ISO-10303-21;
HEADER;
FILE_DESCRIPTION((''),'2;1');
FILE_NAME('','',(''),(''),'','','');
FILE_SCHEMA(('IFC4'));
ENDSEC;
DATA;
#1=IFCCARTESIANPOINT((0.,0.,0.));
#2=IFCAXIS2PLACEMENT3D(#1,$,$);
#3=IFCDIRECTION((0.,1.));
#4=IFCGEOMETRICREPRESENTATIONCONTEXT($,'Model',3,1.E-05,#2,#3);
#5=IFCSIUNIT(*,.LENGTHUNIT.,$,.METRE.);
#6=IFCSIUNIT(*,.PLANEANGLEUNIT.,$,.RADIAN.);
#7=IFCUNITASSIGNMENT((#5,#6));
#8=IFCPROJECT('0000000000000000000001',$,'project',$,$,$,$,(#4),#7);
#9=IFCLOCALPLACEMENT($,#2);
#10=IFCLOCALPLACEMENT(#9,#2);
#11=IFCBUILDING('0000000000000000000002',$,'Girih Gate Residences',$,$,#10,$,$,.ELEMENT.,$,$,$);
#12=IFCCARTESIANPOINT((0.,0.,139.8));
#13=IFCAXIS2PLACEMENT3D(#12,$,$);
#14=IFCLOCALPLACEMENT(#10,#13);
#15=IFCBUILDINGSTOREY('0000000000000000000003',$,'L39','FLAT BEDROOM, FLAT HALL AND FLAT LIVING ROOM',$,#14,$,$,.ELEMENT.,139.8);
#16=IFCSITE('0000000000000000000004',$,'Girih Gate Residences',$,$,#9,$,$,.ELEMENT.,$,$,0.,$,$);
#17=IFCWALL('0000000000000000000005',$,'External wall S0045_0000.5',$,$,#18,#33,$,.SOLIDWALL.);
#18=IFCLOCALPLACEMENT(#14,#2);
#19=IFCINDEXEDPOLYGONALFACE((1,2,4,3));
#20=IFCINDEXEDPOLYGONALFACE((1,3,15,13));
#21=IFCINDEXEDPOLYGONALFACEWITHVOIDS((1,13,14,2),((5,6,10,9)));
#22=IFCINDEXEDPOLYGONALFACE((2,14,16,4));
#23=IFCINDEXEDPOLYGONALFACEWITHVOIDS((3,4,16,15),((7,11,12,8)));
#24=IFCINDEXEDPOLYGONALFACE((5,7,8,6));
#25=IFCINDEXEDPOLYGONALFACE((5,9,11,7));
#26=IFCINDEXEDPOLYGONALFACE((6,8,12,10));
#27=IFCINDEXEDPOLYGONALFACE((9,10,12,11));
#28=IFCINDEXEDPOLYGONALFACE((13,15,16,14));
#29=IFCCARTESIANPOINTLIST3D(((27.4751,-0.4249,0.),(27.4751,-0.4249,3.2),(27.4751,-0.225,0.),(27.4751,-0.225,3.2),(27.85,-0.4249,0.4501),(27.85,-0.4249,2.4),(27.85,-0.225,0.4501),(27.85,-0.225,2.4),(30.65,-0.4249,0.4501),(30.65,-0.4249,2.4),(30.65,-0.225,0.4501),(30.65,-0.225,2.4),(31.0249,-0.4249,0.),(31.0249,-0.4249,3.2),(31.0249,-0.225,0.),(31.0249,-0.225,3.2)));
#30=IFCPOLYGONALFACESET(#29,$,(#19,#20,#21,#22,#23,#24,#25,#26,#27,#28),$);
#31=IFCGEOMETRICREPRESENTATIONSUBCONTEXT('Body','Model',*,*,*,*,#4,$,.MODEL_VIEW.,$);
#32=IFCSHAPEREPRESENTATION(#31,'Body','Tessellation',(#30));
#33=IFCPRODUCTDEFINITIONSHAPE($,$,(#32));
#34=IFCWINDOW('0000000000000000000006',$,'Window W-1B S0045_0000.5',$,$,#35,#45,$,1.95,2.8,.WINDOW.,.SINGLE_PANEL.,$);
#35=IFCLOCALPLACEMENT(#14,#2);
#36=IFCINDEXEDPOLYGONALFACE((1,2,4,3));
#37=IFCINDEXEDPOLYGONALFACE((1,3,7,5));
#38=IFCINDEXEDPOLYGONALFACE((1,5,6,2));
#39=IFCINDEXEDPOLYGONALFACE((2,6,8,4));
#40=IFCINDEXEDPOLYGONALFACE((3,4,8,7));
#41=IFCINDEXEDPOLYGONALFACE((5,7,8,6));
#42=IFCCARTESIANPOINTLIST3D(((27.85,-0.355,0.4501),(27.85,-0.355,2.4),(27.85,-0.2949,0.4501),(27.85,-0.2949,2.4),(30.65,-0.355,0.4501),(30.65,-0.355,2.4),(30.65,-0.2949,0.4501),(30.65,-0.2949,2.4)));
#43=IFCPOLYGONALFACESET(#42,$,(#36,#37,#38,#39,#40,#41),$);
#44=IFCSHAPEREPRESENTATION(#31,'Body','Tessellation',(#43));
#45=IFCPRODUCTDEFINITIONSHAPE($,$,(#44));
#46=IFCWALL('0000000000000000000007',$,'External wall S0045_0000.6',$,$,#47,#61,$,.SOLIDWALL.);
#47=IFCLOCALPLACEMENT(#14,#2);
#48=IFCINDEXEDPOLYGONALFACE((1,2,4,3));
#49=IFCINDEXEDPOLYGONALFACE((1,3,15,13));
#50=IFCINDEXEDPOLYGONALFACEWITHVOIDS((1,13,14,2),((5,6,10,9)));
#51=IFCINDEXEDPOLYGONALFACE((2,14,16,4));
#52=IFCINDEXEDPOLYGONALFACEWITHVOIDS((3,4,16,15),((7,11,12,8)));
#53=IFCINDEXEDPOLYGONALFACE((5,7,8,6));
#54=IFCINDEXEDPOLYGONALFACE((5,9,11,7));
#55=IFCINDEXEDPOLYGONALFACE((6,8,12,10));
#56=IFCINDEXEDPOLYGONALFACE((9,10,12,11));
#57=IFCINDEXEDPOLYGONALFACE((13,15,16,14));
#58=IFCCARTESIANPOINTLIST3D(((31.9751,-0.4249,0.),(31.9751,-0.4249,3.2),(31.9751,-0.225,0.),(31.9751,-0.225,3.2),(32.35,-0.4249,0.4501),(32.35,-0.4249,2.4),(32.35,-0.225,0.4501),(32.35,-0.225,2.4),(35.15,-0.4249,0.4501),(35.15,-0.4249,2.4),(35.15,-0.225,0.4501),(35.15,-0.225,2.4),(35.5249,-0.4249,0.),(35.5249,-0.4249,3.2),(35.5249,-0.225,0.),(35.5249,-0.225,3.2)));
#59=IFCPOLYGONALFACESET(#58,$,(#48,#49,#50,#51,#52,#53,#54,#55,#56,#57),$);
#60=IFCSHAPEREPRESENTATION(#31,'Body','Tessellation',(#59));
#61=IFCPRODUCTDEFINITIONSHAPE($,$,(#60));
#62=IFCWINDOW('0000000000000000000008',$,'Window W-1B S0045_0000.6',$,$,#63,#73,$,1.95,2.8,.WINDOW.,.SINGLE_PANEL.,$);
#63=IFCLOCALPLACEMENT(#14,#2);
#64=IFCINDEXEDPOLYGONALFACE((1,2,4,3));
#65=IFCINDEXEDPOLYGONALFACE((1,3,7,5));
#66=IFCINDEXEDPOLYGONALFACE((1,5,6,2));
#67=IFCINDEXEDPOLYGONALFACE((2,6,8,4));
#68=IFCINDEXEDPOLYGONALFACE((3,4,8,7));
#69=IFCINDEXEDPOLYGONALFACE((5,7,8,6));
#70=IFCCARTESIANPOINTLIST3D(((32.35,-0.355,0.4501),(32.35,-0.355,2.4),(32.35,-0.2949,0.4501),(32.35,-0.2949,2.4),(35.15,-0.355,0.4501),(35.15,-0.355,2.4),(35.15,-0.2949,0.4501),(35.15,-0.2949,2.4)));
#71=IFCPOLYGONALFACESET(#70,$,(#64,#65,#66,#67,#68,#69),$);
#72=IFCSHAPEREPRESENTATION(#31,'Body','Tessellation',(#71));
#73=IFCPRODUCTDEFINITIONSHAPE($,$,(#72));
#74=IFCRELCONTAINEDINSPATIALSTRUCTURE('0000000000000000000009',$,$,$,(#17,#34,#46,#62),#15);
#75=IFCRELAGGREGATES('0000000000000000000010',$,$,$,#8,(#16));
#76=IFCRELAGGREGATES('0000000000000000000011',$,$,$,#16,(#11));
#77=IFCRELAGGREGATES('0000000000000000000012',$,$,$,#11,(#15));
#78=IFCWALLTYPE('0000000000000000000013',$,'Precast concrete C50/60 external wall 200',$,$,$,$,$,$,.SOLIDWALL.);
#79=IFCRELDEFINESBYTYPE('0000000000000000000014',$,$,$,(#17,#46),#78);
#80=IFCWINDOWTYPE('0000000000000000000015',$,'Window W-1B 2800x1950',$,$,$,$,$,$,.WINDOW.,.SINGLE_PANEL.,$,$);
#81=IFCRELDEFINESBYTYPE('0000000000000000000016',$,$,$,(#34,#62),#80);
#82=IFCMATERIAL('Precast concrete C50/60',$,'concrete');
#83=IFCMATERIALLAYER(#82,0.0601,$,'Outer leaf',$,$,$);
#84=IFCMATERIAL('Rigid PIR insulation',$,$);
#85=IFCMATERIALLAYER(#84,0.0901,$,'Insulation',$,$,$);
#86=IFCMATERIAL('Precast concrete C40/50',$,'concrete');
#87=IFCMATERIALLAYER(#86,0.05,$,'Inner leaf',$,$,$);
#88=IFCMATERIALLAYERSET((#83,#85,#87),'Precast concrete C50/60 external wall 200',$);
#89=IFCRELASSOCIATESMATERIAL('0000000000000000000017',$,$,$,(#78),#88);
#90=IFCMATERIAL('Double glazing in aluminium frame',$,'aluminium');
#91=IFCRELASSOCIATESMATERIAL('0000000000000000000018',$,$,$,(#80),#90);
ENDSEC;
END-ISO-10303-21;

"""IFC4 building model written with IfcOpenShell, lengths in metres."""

from ifc_helpers import new_model, si_unit, direction, frame, frame_2d, origin, place, context, subcontext, project, spatial, rectangle, extrude, material, layer, layer_set, type_object, element, fill, save


model = new_model("IFC4")

# Units and contexts
model_context = context("Model", 3, precision=1e-05, world=origin(), true_north=direction((0.0, 1.0)))
body_context = subcontext(model_context, "Body", "Model", "MODEL_VIEW")
ifc_project = project(units=[si_unit("LENGTHUNIT", "METRE"), si_unit("PLANEANGLEUNIT", "RADIAN")], contexts=[model_context])

# Site, building, storey
site_placement = place(None, origin())
site = spatial("IfcSite", under=ifc_project, at=site_placement, Name="Girih Gate Residences", CompositionType="ELEMENT", RefElevation=0.0)
building_placement = place(site_placement, origin())
building = spatial("IfcBuilding", under=site, at=building_placement, Name="Girih Gate Residences", CompositionType="ELEMENT")
storey_placement = place(building_placement, frame((0.0, 0.0, 139.8)))
storey = spatial("IfcBuildingStorey", under=building, at=storey_placement, Name="L39", Description="FLAT BEDROOM, FLAT HALL AND FLAT LIVING ROOM", CompositionType="ELEMENT", Elevation=139.8)

# Walls, openings, windows
ifc_material_1 = material(Name="Precast concrete C50/60", Category="concrete")
ifc_layer_1 = layer(ifc_material_1, 0.0601, Name="Outer leaf")
ifc_material_2 = material(Name="Rigid PIR insulation")
ifc_layer_2 = layer(ifc_material_2, 0.0901, Name="Insulation")
ifc_material_3 = material(Name="Precast concrete C40/50", Category="concrete")
ifc_layer_3 = layer(ifc_material_3, 0.05, Name="Inner leaf")
ifc_layer_set_1 = layer_set([ifc_layer_1, ifc_layer_2, ifc_layer_3], Name="Precast concrete C50/60 external wall 200")
wall_type_1 = type_object("IfcWallType", Name="Precast concrete C50/60 external wall 200", PredefinedType="SOLIDWALL", material=ifc_layer_set_1)
ifc_material_4 = material(Name="Double glazing in aluminium frame", Category="aluminium")
window_type = type_object("IfcWindowType", Name="Window W-1B 2800x1950", PartitioningType="SINGLE_PANEL", PredefinedType="WINDOW", material=ifc_material_4)
wall_1_placement = place(storey_placement, frame((31.0249, -0.325, 0.0), z_axis=(0.0, 0.0, 1.0), x_axis=(-1.0, 0.0, 0.0)))
wall_1 = element("IfcWall", 1, at=wall_1_placement, inside=storey, type_object=wall_type_1, Name="External wall S0045_0000.5", PredefinedType="SOLIDWALL", context=body_context, shape_type="SweptSolid", body=[
    extrude(rectangle(XDim=3.5498, YDim=0.2, at=frame_2d((1.7749, 0.0))), origin(), (0.0, 0.0, 1.0), 3.2),
])
opening_1_placement = place(wall_1_placement, frame((0.375, 0.0, 0.45)))
opening_1 = element("IfcOpeningElement", 2, at=opening_1_placement, cuts=wall_1, PredefinedType="OPENING", context=body_context, shape_type="SweptSolid", body=[
    extrude(rectangle(XDim=2.8, YDim=1.95, at=frame_2d((1.3999, 0.9751))), frame((0.0, 0.1099, 0.0), z_axis=(0.0, -1.0, 0.0), x_axis=(1.0, 0.0, 0.0)), (0.0, 0.0, 1.0), 0.22),
])
window_1_placement = place(opening_1_placement, origin())
window_1 = element("IfcWindow", 3, at=window_1_placement, inside=storey, type_object=window_type, Name="Window W-1B S0045_0000.5", OverallHeight=1.95, OverallWidth=2.8, PartitioningType="SINGLE_PANEL", PredefinedType="WINDOW", context=body_context, shape_type="SweptSolid", body=[
    extrude(rectangle(XDim=2.8, YDim=1.95, at=frame_2d((1.3999, 0.9751))), frame((0.0, 0.03, 0.0), z_axis=(0.0, -1.0, 0.0), x_axis=(1.0, 0.0, 0.0)), (0.0, 0.0, 1.0), 0.0601),
])
fill(opening_1, window_1)
wall_2_placement = place(storey_placement, frame((35.5249, -0.325, 0.0), z_axis=(0.0, 0.0, 1.0), x_axis=(-1.0, 0.0, 0.0)))
wall_2 = element("IfcWall", 4, at=wall_2_placement, inside=storey, type_object=wall_type_1, Name="External wall S0045_0000.6", PredefinedType="SOLIDWALL", context=body_context, shape_type="SweptSolid", body=[
    extrude(rectangle(XDim=3.5498, YDim=0.2, at=frame_2d((1.7749, 0.0))), origin(), (0.0, 0.0, 1.0), 3.2),
])
opening_2_placement = place(wall_2_placement, frame((0.375, 0.0, 0.45)))
opening_2 = element("IfcOpeningElement", 5, at=opening_2_placement, cuts=wall_2, PredefinedType="OPENING", context=body_context, shape_type="SweptSolid", body=[
    extrude(rectangle(XDim=2.8, YDim=1.95, at=frame_2d((1.3999, 0.9751))), frame((0.0, 0.1099, 0.0), z_axis=(0.0, -1.0, 0.0), x_axis=(1.0, 0.0, 0.0)), (0.0, 0.0, 1.0), 0.22),
])
window_2_placement = place(opening_2_placement, origin())
window_2 = element("IfcWindow", 6, at=window_2_placement, inside=storey, type_object=window_type, Name="Window W-1B S0045_0000.6", OverallHeight=1.95, OverallWidth=2.8, PartitioningType="SINGLE_PANEL", PredefinedType="WINDOW", context=body_context, shape_type="SweptSolid", body=[
    extrude(rectangle(XDim=2.8, YDim=1.95, at=frame_2d((1.3999, 0.9751))), frame((0.0, 0.03, 0.0), z_axis=(0.0, -1.0, 0.0), x_axis=(1.0, 0.0, 0.0)), (0.0, 0.0, 1.0), 0.0601),
])
fill(opening_2, window_2)

save(model, "model.ifc")
